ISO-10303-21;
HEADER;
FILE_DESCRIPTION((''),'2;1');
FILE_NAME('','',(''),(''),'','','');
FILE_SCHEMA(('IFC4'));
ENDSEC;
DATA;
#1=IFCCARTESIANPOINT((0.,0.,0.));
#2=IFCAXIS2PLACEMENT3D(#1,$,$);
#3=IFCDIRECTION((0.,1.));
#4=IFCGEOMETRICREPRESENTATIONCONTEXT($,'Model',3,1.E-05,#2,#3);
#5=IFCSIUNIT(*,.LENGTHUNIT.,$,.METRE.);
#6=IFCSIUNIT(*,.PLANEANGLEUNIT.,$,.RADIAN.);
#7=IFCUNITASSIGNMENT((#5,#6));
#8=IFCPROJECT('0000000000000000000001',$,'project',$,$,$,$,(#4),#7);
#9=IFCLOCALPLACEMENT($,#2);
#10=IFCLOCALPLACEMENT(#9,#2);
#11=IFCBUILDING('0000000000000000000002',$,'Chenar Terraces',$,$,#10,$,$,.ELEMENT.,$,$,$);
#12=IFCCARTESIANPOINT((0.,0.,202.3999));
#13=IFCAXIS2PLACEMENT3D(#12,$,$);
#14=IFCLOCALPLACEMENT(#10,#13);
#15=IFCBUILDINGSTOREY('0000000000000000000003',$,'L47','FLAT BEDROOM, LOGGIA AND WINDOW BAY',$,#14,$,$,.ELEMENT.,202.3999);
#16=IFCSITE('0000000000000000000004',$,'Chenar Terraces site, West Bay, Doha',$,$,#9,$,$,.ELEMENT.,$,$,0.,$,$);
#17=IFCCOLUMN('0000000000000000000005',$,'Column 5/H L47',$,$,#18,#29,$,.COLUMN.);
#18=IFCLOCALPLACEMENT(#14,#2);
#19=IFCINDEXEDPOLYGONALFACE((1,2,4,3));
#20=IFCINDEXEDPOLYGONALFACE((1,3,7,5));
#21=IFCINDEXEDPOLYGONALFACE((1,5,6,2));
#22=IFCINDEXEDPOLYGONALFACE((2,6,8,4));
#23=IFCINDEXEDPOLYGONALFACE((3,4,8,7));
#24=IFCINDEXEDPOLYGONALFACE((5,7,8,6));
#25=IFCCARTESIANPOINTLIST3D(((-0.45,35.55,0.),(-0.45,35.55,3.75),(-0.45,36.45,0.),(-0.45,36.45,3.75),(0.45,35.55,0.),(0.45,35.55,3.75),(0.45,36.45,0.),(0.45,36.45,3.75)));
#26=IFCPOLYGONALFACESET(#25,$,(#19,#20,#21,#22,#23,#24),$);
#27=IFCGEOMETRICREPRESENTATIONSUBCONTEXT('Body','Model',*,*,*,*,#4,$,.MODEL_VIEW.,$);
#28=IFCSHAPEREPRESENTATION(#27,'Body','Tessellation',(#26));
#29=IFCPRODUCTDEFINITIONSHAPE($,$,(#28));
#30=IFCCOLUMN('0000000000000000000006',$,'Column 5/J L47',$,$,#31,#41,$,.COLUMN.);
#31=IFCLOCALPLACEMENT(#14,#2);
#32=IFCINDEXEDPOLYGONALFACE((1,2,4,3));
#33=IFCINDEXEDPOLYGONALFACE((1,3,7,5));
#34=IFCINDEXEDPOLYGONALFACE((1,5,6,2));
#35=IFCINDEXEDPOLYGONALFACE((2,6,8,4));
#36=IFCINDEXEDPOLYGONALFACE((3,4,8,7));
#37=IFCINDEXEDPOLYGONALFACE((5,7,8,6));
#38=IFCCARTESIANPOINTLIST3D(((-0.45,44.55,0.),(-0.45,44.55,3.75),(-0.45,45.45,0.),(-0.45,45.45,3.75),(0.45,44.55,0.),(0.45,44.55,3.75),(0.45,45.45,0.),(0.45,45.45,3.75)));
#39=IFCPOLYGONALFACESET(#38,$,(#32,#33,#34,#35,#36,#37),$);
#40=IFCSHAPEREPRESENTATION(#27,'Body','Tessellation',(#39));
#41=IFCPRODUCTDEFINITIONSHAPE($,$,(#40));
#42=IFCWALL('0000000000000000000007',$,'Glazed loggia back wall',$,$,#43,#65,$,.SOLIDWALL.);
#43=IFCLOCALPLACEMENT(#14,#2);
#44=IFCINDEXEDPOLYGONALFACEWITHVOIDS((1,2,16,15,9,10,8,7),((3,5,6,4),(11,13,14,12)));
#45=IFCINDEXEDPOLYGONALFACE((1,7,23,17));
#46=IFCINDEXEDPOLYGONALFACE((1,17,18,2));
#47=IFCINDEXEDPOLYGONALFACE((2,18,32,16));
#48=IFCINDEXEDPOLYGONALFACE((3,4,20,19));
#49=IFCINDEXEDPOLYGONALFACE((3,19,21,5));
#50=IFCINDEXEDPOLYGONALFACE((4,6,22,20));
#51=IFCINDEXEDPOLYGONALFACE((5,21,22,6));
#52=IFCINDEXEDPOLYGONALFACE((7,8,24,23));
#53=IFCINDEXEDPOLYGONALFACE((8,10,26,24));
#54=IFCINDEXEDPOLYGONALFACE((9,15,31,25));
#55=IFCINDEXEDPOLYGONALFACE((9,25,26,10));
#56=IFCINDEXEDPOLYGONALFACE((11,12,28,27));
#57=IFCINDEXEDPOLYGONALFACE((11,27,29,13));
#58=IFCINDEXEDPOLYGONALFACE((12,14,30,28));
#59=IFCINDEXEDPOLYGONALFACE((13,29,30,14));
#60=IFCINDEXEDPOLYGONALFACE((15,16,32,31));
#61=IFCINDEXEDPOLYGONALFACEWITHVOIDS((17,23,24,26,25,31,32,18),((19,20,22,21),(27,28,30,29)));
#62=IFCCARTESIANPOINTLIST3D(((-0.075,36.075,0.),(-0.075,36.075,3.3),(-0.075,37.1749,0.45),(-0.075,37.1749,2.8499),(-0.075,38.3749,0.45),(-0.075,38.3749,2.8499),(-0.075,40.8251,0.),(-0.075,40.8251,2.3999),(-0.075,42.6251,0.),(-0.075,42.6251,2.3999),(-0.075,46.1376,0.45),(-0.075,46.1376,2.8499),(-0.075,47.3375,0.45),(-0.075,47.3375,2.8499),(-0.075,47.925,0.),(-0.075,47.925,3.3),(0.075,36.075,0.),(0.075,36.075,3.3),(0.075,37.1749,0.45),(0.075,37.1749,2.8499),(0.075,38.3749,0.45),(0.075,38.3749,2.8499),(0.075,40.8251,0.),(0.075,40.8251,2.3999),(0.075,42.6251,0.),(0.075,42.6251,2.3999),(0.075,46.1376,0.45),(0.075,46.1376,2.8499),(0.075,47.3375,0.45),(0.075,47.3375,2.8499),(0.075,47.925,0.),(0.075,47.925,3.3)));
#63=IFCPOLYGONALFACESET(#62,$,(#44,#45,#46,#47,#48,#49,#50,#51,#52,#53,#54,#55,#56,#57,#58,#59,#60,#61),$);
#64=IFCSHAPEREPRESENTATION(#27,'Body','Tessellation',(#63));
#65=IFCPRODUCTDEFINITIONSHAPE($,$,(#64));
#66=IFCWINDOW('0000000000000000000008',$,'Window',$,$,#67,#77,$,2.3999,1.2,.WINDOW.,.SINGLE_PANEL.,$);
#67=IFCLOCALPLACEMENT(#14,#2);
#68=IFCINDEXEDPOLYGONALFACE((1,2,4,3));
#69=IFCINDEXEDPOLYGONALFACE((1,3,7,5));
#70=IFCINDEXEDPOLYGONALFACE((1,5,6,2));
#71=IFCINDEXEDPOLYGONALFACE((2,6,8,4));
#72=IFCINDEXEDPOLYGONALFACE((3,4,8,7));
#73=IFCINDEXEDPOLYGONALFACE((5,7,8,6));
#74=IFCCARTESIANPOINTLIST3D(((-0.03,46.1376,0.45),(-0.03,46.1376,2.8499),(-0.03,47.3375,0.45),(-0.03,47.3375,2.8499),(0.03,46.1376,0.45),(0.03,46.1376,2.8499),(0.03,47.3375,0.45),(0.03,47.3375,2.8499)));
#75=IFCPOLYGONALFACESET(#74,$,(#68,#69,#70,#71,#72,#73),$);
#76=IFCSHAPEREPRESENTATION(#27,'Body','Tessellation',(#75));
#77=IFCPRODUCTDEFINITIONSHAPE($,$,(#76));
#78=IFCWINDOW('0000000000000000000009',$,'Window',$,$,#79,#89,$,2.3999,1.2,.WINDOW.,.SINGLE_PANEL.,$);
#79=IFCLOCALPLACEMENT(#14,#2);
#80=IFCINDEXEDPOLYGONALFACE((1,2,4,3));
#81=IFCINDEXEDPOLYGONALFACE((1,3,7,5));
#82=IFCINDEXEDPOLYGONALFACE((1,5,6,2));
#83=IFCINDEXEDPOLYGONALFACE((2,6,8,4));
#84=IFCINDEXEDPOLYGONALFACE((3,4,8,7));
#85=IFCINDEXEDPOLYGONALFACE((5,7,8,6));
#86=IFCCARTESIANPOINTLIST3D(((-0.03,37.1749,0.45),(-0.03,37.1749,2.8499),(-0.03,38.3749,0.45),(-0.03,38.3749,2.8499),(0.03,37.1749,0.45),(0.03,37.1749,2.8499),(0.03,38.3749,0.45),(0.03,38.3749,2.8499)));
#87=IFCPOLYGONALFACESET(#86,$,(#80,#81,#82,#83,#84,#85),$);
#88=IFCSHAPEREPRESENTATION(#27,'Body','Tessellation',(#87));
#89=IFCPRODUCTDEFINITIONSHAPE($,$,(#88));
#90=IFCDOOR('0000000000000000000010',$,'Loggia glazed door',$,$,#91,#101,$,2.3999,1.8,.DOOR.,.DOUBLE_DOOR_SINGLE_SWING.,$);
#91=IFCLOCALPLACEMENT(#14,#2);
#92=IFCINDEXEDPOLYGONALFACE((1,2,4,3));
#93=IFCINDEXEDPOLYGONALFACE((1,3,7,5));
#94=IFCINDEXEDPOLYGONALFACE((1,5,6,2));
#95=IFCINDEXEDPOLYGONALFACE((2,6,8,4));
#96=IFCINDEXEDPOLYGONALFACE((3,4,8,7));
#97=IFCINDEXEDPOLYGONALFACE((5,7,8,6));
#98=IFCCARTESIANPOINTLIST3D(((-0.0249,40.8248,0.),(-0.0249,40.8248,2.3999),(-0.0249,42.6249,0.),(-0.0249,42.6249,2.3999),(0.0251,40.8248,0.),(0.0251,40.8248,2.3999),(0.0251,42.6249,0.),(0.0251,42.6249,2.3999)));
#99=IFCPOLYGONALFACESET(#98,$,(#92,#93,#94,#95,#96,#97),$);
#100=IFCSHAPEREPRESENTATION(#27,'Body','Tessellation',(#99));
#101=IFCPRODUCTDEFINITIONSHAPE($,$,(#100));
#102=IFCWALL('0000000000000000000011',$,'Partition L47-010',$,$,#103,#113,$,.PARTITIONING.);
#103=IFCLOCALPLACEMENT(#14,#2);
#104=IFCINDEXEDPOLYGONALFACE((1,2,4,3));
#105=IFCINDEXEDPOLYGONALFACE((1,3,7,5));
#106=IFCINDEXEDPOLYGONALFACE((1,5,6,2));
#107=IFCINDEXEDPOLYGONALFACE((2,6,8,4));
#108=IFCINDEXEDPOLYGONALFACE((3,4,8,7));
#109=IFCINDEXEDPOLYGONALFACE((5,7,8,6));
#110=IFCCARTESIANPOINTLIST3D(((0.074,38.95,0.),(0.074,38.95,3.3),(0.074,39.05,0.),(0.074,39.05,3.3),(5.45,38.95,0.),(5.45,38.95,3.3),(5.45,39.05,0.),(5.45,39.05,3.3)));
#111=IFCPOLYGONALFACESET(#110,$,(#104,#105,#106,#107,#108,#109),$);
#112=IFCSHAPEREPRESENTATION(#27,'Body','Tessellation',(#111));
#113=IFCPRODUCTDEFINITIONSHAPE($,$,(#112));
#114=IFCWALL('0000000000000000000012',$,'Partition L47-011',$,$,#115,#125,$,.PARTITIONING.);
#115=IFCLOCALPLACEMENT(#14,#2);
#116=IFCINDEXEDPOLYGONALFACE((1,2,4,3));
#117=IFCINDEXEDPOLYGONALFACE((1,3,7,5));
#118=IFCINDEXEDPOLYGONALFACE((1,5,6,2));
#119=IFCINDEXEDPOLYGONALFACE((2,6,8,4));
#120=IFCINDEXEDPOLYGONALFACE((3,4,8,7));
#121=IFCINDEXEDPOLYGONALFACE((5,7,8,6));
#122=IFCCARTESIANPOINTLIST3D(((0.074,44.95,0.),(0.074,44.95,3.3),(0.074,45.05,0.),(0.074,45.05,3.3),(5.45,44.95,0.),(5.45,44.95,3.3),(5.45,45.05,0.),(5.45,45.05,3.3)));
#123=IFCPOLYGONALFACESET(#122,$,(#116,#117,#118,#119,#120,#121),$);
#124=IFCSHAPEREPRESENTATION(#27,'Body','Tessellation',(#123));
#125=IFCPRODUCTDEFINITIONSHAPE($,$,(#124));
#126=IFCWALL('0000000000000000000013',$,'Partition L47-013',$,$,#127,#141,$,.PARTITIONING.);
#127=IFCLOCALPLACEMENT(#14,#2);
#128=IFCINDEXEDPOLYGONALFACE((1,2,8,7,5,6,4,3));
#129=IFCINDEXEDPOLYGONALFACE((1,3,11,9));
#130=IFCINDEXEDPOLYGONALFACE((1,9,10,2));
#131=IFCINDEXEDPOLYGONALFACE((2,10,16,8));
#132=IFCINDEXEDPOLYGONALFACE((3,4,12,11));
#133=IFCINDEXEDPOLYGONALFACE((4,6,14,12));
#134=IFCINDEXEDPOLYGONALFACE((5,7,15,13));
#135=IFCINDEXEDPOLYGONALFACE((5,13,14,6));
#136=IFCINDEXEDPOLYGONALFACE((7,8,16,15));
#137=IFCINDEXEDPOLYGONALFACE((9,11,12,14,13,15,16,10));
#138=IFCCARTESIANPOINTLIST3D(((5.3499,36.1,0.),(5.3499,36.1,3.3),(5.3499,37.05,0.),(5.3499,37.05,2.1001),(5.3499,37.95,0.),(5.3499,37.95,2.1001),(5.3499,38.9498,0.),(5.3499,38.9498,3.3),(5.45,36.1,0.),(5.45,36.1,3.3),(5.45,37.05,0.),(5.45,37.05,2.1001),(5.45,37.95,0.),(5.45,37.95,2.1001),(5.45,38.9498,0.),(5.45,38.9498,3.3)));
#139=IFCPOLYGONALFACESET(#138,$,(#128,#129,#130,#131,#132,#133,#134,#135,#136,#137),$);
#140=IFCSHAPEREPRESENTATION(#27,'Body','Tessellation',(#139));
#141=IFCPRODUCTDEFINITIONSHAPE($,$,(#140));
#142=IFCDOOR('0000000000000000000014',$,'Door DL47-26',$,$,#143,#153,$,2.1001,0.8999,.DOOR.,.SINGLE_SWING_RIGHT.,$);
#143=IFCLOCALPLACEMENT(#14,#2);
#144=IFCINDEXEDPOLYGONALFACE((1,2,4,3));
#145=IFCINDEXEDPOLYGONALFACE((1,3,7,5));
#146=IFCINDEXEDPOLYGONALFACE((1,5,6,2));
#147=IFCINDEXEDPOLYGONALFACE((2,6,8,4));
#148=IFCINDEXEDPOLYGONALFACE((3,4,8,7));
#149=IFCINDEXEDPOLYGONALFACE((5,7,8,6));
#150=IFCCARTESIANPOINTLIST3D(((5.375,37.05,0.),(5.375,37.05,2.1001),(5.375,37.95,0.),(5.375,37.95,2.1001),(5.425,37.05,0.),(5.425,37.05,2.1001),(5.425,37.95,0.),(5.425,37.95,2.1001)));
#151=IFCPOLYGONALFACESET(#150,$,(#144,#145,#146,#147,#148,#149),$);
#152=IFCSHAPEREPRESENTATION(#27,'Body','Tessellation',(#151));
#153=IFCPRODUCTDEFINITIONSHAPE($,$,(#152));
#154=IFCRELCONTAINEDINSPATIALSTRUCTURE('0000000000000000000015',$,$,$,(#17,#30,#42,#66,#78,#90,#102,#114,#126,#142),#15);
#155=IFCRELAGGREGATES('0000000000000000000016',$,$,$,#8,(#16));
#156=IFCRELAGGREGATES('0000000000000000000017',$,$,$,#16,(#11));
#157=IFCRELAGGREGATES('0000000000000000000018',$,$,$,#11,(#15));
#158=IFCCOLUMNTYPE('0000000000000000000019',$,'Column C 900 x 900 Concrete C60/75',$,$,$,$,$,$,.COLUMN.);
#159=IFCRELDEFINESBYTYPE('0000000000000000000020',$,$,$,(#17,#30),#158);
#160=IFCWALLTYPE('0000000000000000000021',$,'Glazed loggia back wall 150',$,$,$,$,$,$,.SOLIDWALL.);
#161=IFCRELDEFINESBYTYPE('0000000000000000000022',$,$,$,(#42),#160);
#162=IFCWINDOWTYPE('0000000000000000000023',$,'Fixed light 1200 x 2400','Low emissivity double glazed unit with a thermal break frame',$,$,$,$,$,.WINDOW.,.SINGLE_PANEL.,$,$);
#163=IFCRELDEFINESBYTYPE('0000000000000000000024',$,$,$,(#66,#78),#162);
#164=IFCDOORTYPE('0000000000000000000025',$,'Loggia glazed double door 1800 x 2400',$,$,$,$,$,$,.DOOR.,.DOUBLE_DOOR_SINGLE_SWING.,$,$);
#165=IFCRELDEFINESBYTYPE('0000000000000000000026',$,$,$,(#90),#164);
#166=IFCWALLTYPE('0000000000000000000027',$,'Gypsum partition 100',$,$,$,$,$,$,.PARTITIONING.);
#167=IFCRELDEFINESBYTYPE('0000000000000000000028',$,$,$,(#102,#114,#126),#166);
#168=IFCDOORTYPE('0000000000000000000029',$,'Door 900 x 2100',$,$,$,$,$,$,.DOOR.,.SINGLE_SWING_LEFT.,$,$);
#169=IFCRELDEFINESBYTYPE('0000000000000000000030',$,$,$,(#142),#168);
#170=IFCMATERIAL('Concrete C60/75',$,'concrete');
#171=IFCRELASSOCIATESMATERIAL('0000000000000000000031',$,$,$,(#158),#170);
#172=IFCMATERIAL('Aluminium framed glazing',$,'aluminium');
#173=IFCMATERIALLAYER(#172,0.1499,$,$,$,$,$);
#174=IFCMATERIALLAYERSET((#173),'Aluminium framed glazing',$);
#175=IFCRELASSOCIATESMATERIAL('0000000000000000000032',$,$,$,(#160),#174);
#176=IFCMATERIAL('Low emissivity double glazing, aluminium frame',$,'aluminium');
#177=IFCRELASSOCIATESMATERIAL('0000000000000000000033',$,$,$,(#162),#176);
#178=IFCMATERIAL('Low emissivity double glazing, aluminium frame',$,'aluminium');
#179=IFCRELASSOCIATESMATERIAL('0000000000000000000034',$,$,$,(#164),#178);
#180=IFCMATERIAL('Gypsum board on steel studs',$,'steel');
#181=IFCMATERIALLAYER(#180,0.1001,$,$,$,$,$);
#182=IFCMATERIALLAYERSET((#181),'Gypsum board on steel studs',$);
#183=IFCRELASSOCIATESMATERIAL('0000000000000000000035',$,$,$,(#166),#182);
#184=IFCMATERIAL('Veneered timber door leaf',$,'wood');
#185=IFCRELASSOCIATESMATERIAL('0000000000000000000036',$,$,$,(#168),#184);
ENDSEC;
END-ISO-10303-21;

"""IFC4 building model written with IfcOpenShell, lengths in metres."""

from ifc_helpers import new_model, si_unit, direction, frame, frame_2d, origin, origin_2d, place, context, subcontext, project, spatial, rectangle, extrude, material, layer, layer_set, material_profile, profile_set, type_object, element, fill, save


model = new_model("IFC4")

# Units and contexts
model_context = context("Model", 3, precision=1e-05, world=origin(), true_north=direction((0.0, 1.0)))
body_context = subcontext(model_context, "Body", "Model", "MODEL_VIEW")
ifc_project = project(units=[si_unit("LENGTHUNIT", "METRE"), si_unit("PLANEANGLEUNIT", "RADIAN")], contexts=[model_context])

# Site, building, storey
site_placement = place(None, origin())
site = spatial("IfcSite", under=ifc_project, at=site_placement, Name="Chenar Terraces site, West Bay, Doha", CompositionType="ELEMENT", RefElevation=0.0)
building_placement = place(site_placement, origin())
building = spatial("IfcBuilding", under=site, at=building_placement, Name="Chenar Terraces", CompositionType="ELEMENT")
storey_placement = place(building_placement, frame((0.0, 0.0, 202.3999)))
storey = spatial("IfcBuildingStorey", under=building, at=storey_placement, Name="L47", Description="FLAT BEDROOM, LOGGIA AND WINDOW BAY", CompositionType="ELEMENT", Elevation=202.3999)

# Columns
ifc_material_1 = material(Name="Concrete C60/75", Category="concrete")
ifc_material_profile = material_profile(ifc_material_1, rectangle(XDim=0.8999, YDim=0.8999, at=origin_2d()), Name="C 900 x 900")
ifc_profile_set = profile_set([ifc_material_profile], Name="Concrete C60/75")
column_type = type_object("IfcColumnType", Name="Column C 900 x 900 Concrete C60/75", PredefinedType="COLUMN", material=ifc_profile_set)
placement = place(storey_placement, frame((0.0, 36.0, 0.0), z_axis=(0.0, 0.0, 1.0), x_axis=(1.0, 0.0, 0.0)))
element("IfcColumn", 1, at=placement, inside=storey, type_object=column_type, Name="Column 5/H L47", PredefinedType="COLUMN", context=body_context, shape_type="SweptSolid", body=[
    extrude(rectangle(XDim=0.8999, YDim=0.8999, at=origin_2d()), origin(), (0.0, 0.0, 1.0), 3.75),
])
column_1_placement = place(storey_placement, frame((0.0, 45.0, 0.0), z_axis=(0.0, 0.0, 1.0), x_axis=(1.0, 0.0, 0.0)))
element("IfcColumn", 2, at=column_1_placement, inside=storey, type_object=column_type, Name="Column 5/J L47", PredefinedType="COLUMN", context=body_context, shape_type="SweptSolid", body=[
    extrude(rectangle(XDim=0.8999, YDim=0.8999, at=origin_2d()), origin(), (0.0, 0.0, 1.0), 3.75),
])

# Wall, openings, windows, door
ifc_material_2 = material(Name="Aluminium framed glazing", Category="aluminium")
ifc_layer_1 = layer(ifc_material_2, 0.1499)
ifc_layer_set_1 = layer_set([ifc_layer_1], Name="Aluminium framed glazing")
wall_type_1 = type_object("IfcWallType", Name="Glazed loggia back wall 150", PredefinedType="SOLIDWALL", material=ifc_layer_set_1)
wall_1_placement = place(storey_placement, frame((0.0, 47.925, 0.0), z_axis=(0.0, 0.0, 1.0), x_axis=(0.0, -1.0, 0.0)))
wall_1 = element("IfcWall", 3, at=wall_1_placement, inside=storey, type_object=wall_type_1, Name="Glazed loggia back wall", PredefinedType="SOLIDWALL", context=body_context, shape_type="SweptSolid", body=[
    extrude(rectangle(XDim=11.8501, YDim=0.1499, at=frame_2d((5.925, 0.0))), origin(), (0.0, 0.0, 1.0), 3.3),
])
opening_1_placement = place(wall_1_placement, frame((0.5874, 0.0, 0.45)))
opening_1 = element("IfcOpeningElement", 4, at=opening_1_placement, cuts=wall_1, PredefinedType="OPENING", context=body_context, shape_type="SweptSolid", body=[
    extrude(rectangle(XDim=1.2, YDim=2.3999, at=frame_2d((0.6001, 1.2))), frame((0.0, 0.085, 0.0), z_axis=(0.0, -1.0, 0.0), x_axis=(1.0, 0.0, 0.0)), (0.0, 0.0, 1.0), 0.1699),
])
opening_2_placement = place(wall_1_placement, frame((5.3, 0.0, 0.0)))
opening_2 = element("IfcOpeningElement", 5, at=opening_2_placement, cuts=wall_1, PredefinedType="OPENING", context=body_context, shape_type="SweptSolid", body=[
    extrude(rectangle(XDim=1.8, YDim=2.3999, at=frame_2d((0.8999, 1.2))), frame((0.0, 0.085, 0.0), z_axis=(0.0, -1.0, 0.0), x_axis=(1.0, 0.0, 0.0)), (0.0, 0.0, 1.0), 0.1699),
])
opening_3_placement = place(wall_1_placement, frame((9.55, 0.0, 0.45)))
opening_3 = element("IfcOpeningElement", 6, at=opening_3_placement, cuts=wall_1, PredefinedType="OPENING", context=body_context, shape_type="SweptSolid", body=[
    extrude(rectangle(XDim=1.2, YDim=2.3999, at=frame_2d((0.6001, 1.2))), frame((0.0, 0.085, 0.0), z_axis=(0.0, -1.0, 0.0), x_axis=(1.0, 0.0, 0.0)), (0.0, 0.0, 1.0), 0.1699),
])
ifc_material_3 = material(Name="Low emissivity double glazing, aluminium frame", Category="aluminium")
window_type = type_object("IfcWindowType", Name="Fixed light 1200 x 2400", Description="Low emissivity double glazed unit with a thermal break frame", PartitioningType="SINGLE_PANEL", PredefinedType="WINDOW", material=ifc_material_3)
window_1_placement = place(opening_1_placement, origin())
window_1 = element("IfcWindow", 7, at=window_1_placement, inside=storey, type_object=window_type, Name="Window", OverallHeight=2.3999, OverallWidth=1.2, PartitioningType="SINGLE_PANEL", PredefinedType="WINDOW", context=body_context, shape_type="SweptSolid", body=[
    extrude(rectangle(XDim=1.2, YDim=2.3999, at=frame_2d((0.6001, 1.2))), frame((0.0, 0.03, 0.0), z_axis=(0.0, -1.0, 0.0), x_axis=(1.0, 0.0, 0.0)), (0.0, 0.0, 1.0), 0.0601),
])
fill(opening_1, window_1)
window_2_placement = place(opening_3_placement, origin())
window_2 = element("IfcWindow", 8, at=window_2_placement, inside=storey, type_object=window_type, Name="Window", OverallHeight=2.3999, OverallWidth=1.2, PartitioningType="SINGLE_PANEL", PredefinedType="WINDOW", context=body_context, shape_type="SweptSolid", body=[
    extrude(rectangle(XDim=1.2, YDim=2.3999, at=frame_2d((0.6001, 1.2))), frame((0.0, 0.03, 0.0), z_axis=(0.0, -1.0, 0.0), x_axis=(1.0, 0.0, 0.0)), (0.0, 0.0, 1.0), 0.0601),
])
fill(opening_3, window_2)
ifc_material_4 = material(Name="Low emissivity double glazing, aluminium frame", Category="aluminium")
door_type_1 = type_object("IfcDoorType", Name="Loggia glazed double door 1800 x 2400", OperationType="DOUBLE_DOOR_SINGLE_SWING", PredefinedType="DOOR", material=ifc_material_4)
door_1_placement = place(opening_2_placement, frame((1.8, 0.0, 0.0), z_axis=(0.0, 0.0, 1.0), x_axis=(-1.0, 0.0, 0.0)))
door_1 = element("IfcDoor", 9, at=door_1_placement, inside=storey, type_object=door_type_1, Name="Loggia glazed door", OperationType="DOUBLE_DOOR_SINGLE_SWING", OverallHeight=2.3999, OverallWidth=1.8, PredefinedType="DOOR", context=body_context, shape_type="SweptSolid", body=[
    extrude(rectangle(XDim=1.8, YDim=2.3999, at=frame_2d((0.8999, 1.2))), frame((0.0, 0.0249, 0.0), z_axis=(0.0, -1.0, 0.0), x_axis=(1.0, 0.0, 0.0)), (0.0, 0.0, 1.0), 0.05),
])
fill(opening_2, door_1)

# Walls
ifc_material_5 = material(Name="Gypsum board on steel studs", Category="steel")
ifc_layer_2 = layer(ifc_material_5, 0.1001)
ifc_layer_set_2 = layer_set([ifc_layer_2], Name="Gypsum board on steel studs")
wall_type_2 = type_object("IfcWallType", Name="Gypsum partition 100", PredefinedType="PARTITIONING", material=ifc_layer_set_2)
for number, where, z_axis, x_axis, name in (
    (10, (0.074, 39.0, 0.0), (0.0, 0.0, 1.0), (1.0, 0.0, 0.0), "Partition L47-010"),
    (11, (0.074, 45.0, 0.0), (0.0, 0.0, 1.0), (1.0, 0.0, 0.0), "Partition L47-011"),
):
    element("IfcWall", number, at=place(storey_placement, frame(where, z_axis=z_axis, x_axis=x_axis)), inside=storey, type_object=wall_type_2, Name=name, PredefinedType="PARTITIONING", context=body_context, shape_type="SweptSolid", body=[
        extrude(rectangle(XDim=5.376, YDim=0.1001, at=frame_2d((2.688, 0.0))), origin(), (0.0, 0.0, 1.0), 3.3),
    ])

# Wall, opening, door
wall_2_placement = place(storey_placement, frame((5.3999, 36.1001, 0.0), z_axis=(0.0, 0.0, 1.0), x_axis=(0.0, 1.0, 0.0)))
wall_2 = element("IfcWall", 12, at=wall_2_placement, inside=storey, type_object=wall_type_2, Name="Partition L47-013", PredefinedType="PARTITIONING", context=body_context, shape_type="SweptSolid", body=[
    extrude(rectangle(XDim=2.8499, YDim=0.1001, at=frame_2d((1.4248, 0.0))), origin(), (0.0, 0.0, 1.0), 3.3),
])
opening_4_placement = place(wall_2_placement, frame((0.95, 0.0, 0.0)))
opening_4 = element("IfcOpeningElement", 13, at=opening_4_placement, cuts=wall_2, PredefinedType="OPENING", context=body_context, shape_type="SweptSolid", body=[
    extrude(rectangle(XDim=0.8999, YDim=2.1001, at=frame_2d((0.45, 1.05))), frame((0.0, 0.0601, 0.0), z_axis=(0.0, -1.0, 0.0), x_axis=(1.0, 0.0, 0.0)), (0.0, 0.0, 1.0), 0.1201),
])
ifc_material_6 = material(Name="Veneered timber door leaf", Category="wood")
door_type_2 = type_object("IfcDoorType", Name="Door 900 x 2100", OperationType="SINGLE_SWING_LEFT", PredefinedType="DOOR", material=ifc_material_6)
door_2_placement = place(opening_4_placement, origin())
door_2 = element("IfcDoor", 14, at=door_2_placement, inside=storey, type_object=door_type_2, Name="Door DL47-26", OperationType="SINGLE_SWING_RIGHT", OverallHeight=2.1001, OverallWidth=0.8999, PredefinedType="DOOR", context=body_context, shape_type="SweptSolid", body=[
    extrude(rectangle(XDim=0.8999, YDim=2.1001, at=frame_2d((0.45, 1.05))), frame((0.0, 0.0249, 0.0), z_axis=(0.0, -1.0, 0.0), x_axis=(1.0, 0.0, 0.0)), (0.0, 0.0, 1.0), 0.05),
])
fill(opening_4, door_2)

save(model, "model.ifc")
